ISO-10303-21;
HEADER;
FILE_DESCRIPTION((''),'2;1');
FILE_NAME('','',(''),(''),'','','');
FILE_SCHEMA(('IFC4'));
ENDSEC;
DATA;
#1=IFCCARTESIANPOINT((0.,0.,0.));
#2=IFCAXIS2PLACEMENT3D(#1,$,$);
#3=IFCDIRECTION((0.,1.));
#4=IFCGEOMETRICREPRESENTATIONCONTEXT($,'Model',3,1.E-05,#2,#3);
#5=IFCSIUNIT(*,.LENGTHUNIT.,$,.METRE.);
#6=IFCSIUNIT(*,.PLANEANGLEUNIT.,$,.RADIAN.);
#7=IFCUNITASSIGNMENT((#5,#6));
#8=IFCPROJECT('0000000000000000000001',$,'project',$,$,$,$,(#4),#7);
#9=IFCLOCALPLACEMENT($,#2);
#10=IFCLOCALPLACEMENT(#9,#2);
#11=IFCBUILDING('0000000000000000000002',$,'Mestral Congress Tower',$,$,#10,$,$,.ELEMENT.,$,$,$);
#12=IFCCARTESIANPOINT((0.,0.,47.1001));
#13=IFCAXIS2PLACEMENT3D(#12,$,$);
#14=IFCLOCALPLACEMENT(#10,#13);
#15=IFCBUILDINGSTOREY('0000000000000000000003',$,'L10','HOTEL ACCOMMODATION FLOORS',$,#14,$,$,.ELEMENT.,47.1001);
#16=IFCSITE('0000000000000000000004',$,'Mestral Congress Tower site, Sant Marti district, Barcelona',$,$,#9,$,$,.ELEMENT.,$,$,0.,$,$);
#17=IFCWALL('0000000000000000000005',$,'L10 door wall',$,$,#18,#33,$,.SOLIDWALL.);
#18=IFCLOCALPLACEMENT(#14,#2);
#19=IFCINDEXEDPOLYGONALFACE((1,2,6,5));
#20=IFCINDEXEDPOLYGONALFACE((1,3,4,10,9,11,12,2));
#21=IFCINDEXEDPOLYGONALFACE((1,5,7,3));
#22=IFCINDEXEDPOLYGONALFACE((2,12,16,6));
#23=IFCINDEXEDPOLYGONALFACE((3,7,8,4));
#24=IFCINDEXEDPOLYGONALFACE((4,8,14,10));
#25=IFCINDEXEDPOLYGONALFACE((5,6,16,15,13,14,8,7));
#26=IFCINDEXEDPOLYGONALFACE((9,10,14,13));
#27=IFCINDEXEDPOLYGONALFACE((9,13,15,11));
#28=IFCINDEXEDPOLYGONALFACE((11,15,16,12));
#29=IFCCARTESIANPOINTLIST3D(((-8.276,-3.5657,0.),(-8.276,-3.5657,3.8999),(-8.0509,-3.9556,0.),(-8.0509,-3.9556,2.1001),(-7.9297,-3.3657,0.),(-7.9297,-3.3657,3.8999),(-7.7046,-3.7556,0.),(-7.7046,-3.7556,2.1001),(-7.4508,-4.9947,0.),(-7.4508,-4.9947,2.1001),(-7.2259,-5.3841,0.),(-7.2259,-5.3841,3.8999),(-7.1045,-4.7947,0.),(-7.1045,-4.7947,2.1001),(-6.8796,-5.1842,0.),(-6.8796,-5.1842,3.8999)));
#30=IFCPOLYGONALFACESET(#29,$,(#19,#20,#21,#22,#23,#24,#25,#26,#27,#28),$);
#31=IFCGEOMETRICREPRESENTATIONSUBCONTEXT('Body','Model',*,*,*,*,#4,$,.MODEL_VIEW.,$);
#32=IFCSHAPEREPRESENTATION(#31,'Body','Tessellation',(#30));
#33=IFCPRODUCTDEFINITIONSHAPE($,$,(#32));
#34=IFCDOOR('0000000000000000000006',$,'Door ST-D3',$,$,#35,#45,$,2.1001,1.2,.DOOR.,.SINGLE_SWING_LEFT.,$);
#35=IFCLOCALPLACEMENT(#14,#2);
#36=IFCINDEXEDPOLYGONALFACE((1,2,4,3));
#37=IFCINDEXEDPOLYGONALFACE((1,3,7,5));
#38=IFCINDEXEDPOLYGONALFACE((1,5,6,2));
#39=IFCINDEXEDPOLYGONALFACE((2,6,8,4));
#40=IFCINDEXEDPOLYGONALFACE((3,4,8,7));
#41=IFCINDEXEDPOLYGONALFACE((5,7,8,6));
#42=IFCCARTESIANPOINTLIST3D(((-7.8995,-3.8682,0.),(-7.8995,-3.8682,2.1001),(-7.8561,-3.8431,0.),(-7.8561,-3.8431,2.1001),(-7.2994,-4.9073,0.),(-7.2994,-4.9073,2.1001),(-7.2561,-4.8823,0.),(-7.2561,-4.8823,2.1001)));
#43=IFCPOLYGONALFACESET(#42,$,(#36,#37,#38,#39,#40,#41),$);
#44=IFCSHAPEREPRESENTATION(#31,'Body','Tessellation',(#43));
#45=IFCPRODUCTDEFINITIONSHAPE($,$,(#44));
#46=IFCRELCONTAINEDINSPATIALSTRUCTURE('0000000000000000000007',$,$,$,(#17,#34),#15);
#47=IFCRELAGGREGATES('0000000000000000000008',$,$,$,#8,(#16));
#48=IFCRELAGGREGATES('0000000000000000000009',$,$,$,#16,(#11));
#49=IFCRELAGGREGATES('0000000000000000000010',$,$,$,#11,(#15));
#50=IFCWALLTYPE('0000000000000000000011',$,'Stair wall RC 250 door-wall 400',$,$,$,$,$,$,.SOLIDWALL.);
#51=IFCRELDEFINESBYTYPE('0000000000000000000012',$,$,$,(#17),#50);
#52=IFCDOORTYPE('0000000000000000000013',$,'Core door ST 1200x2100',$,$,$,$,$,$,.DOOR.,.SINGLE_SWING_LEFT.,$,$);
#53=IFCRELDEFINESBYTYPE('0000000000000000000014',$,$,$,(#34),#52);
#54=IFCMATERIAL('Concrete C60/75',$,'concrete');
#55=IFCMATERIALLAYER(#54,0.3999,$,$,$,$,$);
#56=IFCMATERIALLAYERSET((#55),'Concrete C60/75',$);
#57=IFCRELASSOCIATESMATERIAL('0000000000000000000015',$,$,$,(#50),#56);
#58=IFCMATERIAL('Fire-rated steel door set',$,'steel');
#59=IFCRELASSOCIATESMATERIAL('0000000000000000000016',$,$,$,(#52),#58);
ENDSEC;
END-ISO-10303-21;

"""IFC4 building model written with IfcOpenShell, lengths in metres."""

from ifc_helpers import new_model, si_unit, direction, frame, frame_2d, origin, place, context, subcontext, project, spatial, rectangle, extrude, material, layer, layer_set, type_object, element, fill, save


model = new_model("IFC4")

# Units and contexts
model_context = context("Model", 3, precision=1e-05, world=origin(), true_north=direction((0.0, 1.0)))
body_context = subcontext(model_context, "Body", "Model", "MODEL_VIEW")
ifc_project = project(units=[si_unit("LENGTHUNIT", "METRE"), si_unit("PLANEANGLEUNIT", "RADIAN")], contexts=[model_context])

# Site, building, storey
site_placement = place(None, origin())
site = spatial("IfcSite", under=ifc_project, at=site_placement, Name="Mestral Congress Tower site, Sant Marti district, Barcelona", CompositionType="ELEMENT", RefElevation=0.0)
building_placement = place(site_placement, origin())
building = spatial("IfcBuilding", under=site, at=building_placement, Name="Mestral Congress Tower", CompositionType="ELEMENT")
storey_placement = place(building_placement, frame((0.0, 0.0, 47.1001)))
storey = spatial("IfcBuildingStorey", under=building, at=storey_placement, Name="L10", Description="HOTEL ACCOMMODATION FLOORS", CompositionType="ELEMENT", Elevation=47.1001)

# Shared definitions
ifc_material_1 = material(Name="Fire-rated steel door set", Category="steel")

# Shared definitions
ifc_material_2 = material(Name="Concrete C60/75", Category="concrete")

# Wall, opening, door
ifc_layer_1 = layer(ifc_material_2, 0.3999)
ifc_layer_set_1 = layer_set([ifc_layer_1], Name="Concrete C60/75")
wall_type_1 = type_object("IfcWallType", Name="Stair wall RC 250 door-wall 400", PredefinedType="SOLIDWALL", material=ifc_layer_set_1)
wall_1_placement = place(storey_placement, frame((-8.1028, -3.4658, 0.0), z_axis=(0.0, 0.0, 1.0), x_axis=(0.500078, -0.86598, 0.0)))
wall_1 = element("IfcWall", 1, at=wall_1_placement, inside=storey, type_object=wall_type_1, Name="L10 door wall", PredefinedType="SOLIDWALL", context=body_context, shape_type="SweptSolid", body=[
    extrude(rectangle(XDim=2.0999, YDim=0.3999, at=frame_2d((1.0498, 0.0))), origin(), (0.0, 0.0, 1.0), 3.8999),
])
opening_1_placement = place(wall_1_placement, frame((0.45, 0.0, 0.0)))
opening_1 = element("IfcOpeningElement", 2, at=opening_1_placement, cuts=wall_1, PredefinedType="OPENING", context=body_context, shape_type="SweptSolid", body=[
    extrude(rectangle(XDim=1.2, YDim=2.1001, at=frame_2d((0.6001, 1.05))), frame((0.0, 0.21, 0.0), z_axis=(0.0, -1.0, 0.0), x_axis=(1.0, 0.0, 0.0)), (0.0, 0.0, 1.0), 0.4199),
])
door_type_1 = type_object("IfcDoorType", Name="Core door ST 1200x2100", OperationType="SINGLE_SWING_LEFT", PredefinedType="DOOR", material=ifc_material_1)
door_1_placement = place(opening_1_placement, origin())
door_1 = element("IfcDoor", 3, at=door_1_placement, inside=storey, type_object=door_type_1, Name="Door ST-D3", OperationType="SINGLE_SWING_LEFT", OverallHeight=2.1001, OverallWidth=1.2, PredefinedType="DOOR", context=body_context, shape_type="SweptSolid", body=[
    extrude(rectangle(XDim=1.2, YDim=2.1001, at=frame_2d((0.6001, 1.05))), frame((0.0, 0.0249, 0.0), z_axis=(0.0, -1.0, 0.0), x_axis=(1.0, 0.0, 0.0)), (0.0, 0.0, 1.0), 0.05),
])
fill(opening_1, door_1)

save(model, "model.ifc")
